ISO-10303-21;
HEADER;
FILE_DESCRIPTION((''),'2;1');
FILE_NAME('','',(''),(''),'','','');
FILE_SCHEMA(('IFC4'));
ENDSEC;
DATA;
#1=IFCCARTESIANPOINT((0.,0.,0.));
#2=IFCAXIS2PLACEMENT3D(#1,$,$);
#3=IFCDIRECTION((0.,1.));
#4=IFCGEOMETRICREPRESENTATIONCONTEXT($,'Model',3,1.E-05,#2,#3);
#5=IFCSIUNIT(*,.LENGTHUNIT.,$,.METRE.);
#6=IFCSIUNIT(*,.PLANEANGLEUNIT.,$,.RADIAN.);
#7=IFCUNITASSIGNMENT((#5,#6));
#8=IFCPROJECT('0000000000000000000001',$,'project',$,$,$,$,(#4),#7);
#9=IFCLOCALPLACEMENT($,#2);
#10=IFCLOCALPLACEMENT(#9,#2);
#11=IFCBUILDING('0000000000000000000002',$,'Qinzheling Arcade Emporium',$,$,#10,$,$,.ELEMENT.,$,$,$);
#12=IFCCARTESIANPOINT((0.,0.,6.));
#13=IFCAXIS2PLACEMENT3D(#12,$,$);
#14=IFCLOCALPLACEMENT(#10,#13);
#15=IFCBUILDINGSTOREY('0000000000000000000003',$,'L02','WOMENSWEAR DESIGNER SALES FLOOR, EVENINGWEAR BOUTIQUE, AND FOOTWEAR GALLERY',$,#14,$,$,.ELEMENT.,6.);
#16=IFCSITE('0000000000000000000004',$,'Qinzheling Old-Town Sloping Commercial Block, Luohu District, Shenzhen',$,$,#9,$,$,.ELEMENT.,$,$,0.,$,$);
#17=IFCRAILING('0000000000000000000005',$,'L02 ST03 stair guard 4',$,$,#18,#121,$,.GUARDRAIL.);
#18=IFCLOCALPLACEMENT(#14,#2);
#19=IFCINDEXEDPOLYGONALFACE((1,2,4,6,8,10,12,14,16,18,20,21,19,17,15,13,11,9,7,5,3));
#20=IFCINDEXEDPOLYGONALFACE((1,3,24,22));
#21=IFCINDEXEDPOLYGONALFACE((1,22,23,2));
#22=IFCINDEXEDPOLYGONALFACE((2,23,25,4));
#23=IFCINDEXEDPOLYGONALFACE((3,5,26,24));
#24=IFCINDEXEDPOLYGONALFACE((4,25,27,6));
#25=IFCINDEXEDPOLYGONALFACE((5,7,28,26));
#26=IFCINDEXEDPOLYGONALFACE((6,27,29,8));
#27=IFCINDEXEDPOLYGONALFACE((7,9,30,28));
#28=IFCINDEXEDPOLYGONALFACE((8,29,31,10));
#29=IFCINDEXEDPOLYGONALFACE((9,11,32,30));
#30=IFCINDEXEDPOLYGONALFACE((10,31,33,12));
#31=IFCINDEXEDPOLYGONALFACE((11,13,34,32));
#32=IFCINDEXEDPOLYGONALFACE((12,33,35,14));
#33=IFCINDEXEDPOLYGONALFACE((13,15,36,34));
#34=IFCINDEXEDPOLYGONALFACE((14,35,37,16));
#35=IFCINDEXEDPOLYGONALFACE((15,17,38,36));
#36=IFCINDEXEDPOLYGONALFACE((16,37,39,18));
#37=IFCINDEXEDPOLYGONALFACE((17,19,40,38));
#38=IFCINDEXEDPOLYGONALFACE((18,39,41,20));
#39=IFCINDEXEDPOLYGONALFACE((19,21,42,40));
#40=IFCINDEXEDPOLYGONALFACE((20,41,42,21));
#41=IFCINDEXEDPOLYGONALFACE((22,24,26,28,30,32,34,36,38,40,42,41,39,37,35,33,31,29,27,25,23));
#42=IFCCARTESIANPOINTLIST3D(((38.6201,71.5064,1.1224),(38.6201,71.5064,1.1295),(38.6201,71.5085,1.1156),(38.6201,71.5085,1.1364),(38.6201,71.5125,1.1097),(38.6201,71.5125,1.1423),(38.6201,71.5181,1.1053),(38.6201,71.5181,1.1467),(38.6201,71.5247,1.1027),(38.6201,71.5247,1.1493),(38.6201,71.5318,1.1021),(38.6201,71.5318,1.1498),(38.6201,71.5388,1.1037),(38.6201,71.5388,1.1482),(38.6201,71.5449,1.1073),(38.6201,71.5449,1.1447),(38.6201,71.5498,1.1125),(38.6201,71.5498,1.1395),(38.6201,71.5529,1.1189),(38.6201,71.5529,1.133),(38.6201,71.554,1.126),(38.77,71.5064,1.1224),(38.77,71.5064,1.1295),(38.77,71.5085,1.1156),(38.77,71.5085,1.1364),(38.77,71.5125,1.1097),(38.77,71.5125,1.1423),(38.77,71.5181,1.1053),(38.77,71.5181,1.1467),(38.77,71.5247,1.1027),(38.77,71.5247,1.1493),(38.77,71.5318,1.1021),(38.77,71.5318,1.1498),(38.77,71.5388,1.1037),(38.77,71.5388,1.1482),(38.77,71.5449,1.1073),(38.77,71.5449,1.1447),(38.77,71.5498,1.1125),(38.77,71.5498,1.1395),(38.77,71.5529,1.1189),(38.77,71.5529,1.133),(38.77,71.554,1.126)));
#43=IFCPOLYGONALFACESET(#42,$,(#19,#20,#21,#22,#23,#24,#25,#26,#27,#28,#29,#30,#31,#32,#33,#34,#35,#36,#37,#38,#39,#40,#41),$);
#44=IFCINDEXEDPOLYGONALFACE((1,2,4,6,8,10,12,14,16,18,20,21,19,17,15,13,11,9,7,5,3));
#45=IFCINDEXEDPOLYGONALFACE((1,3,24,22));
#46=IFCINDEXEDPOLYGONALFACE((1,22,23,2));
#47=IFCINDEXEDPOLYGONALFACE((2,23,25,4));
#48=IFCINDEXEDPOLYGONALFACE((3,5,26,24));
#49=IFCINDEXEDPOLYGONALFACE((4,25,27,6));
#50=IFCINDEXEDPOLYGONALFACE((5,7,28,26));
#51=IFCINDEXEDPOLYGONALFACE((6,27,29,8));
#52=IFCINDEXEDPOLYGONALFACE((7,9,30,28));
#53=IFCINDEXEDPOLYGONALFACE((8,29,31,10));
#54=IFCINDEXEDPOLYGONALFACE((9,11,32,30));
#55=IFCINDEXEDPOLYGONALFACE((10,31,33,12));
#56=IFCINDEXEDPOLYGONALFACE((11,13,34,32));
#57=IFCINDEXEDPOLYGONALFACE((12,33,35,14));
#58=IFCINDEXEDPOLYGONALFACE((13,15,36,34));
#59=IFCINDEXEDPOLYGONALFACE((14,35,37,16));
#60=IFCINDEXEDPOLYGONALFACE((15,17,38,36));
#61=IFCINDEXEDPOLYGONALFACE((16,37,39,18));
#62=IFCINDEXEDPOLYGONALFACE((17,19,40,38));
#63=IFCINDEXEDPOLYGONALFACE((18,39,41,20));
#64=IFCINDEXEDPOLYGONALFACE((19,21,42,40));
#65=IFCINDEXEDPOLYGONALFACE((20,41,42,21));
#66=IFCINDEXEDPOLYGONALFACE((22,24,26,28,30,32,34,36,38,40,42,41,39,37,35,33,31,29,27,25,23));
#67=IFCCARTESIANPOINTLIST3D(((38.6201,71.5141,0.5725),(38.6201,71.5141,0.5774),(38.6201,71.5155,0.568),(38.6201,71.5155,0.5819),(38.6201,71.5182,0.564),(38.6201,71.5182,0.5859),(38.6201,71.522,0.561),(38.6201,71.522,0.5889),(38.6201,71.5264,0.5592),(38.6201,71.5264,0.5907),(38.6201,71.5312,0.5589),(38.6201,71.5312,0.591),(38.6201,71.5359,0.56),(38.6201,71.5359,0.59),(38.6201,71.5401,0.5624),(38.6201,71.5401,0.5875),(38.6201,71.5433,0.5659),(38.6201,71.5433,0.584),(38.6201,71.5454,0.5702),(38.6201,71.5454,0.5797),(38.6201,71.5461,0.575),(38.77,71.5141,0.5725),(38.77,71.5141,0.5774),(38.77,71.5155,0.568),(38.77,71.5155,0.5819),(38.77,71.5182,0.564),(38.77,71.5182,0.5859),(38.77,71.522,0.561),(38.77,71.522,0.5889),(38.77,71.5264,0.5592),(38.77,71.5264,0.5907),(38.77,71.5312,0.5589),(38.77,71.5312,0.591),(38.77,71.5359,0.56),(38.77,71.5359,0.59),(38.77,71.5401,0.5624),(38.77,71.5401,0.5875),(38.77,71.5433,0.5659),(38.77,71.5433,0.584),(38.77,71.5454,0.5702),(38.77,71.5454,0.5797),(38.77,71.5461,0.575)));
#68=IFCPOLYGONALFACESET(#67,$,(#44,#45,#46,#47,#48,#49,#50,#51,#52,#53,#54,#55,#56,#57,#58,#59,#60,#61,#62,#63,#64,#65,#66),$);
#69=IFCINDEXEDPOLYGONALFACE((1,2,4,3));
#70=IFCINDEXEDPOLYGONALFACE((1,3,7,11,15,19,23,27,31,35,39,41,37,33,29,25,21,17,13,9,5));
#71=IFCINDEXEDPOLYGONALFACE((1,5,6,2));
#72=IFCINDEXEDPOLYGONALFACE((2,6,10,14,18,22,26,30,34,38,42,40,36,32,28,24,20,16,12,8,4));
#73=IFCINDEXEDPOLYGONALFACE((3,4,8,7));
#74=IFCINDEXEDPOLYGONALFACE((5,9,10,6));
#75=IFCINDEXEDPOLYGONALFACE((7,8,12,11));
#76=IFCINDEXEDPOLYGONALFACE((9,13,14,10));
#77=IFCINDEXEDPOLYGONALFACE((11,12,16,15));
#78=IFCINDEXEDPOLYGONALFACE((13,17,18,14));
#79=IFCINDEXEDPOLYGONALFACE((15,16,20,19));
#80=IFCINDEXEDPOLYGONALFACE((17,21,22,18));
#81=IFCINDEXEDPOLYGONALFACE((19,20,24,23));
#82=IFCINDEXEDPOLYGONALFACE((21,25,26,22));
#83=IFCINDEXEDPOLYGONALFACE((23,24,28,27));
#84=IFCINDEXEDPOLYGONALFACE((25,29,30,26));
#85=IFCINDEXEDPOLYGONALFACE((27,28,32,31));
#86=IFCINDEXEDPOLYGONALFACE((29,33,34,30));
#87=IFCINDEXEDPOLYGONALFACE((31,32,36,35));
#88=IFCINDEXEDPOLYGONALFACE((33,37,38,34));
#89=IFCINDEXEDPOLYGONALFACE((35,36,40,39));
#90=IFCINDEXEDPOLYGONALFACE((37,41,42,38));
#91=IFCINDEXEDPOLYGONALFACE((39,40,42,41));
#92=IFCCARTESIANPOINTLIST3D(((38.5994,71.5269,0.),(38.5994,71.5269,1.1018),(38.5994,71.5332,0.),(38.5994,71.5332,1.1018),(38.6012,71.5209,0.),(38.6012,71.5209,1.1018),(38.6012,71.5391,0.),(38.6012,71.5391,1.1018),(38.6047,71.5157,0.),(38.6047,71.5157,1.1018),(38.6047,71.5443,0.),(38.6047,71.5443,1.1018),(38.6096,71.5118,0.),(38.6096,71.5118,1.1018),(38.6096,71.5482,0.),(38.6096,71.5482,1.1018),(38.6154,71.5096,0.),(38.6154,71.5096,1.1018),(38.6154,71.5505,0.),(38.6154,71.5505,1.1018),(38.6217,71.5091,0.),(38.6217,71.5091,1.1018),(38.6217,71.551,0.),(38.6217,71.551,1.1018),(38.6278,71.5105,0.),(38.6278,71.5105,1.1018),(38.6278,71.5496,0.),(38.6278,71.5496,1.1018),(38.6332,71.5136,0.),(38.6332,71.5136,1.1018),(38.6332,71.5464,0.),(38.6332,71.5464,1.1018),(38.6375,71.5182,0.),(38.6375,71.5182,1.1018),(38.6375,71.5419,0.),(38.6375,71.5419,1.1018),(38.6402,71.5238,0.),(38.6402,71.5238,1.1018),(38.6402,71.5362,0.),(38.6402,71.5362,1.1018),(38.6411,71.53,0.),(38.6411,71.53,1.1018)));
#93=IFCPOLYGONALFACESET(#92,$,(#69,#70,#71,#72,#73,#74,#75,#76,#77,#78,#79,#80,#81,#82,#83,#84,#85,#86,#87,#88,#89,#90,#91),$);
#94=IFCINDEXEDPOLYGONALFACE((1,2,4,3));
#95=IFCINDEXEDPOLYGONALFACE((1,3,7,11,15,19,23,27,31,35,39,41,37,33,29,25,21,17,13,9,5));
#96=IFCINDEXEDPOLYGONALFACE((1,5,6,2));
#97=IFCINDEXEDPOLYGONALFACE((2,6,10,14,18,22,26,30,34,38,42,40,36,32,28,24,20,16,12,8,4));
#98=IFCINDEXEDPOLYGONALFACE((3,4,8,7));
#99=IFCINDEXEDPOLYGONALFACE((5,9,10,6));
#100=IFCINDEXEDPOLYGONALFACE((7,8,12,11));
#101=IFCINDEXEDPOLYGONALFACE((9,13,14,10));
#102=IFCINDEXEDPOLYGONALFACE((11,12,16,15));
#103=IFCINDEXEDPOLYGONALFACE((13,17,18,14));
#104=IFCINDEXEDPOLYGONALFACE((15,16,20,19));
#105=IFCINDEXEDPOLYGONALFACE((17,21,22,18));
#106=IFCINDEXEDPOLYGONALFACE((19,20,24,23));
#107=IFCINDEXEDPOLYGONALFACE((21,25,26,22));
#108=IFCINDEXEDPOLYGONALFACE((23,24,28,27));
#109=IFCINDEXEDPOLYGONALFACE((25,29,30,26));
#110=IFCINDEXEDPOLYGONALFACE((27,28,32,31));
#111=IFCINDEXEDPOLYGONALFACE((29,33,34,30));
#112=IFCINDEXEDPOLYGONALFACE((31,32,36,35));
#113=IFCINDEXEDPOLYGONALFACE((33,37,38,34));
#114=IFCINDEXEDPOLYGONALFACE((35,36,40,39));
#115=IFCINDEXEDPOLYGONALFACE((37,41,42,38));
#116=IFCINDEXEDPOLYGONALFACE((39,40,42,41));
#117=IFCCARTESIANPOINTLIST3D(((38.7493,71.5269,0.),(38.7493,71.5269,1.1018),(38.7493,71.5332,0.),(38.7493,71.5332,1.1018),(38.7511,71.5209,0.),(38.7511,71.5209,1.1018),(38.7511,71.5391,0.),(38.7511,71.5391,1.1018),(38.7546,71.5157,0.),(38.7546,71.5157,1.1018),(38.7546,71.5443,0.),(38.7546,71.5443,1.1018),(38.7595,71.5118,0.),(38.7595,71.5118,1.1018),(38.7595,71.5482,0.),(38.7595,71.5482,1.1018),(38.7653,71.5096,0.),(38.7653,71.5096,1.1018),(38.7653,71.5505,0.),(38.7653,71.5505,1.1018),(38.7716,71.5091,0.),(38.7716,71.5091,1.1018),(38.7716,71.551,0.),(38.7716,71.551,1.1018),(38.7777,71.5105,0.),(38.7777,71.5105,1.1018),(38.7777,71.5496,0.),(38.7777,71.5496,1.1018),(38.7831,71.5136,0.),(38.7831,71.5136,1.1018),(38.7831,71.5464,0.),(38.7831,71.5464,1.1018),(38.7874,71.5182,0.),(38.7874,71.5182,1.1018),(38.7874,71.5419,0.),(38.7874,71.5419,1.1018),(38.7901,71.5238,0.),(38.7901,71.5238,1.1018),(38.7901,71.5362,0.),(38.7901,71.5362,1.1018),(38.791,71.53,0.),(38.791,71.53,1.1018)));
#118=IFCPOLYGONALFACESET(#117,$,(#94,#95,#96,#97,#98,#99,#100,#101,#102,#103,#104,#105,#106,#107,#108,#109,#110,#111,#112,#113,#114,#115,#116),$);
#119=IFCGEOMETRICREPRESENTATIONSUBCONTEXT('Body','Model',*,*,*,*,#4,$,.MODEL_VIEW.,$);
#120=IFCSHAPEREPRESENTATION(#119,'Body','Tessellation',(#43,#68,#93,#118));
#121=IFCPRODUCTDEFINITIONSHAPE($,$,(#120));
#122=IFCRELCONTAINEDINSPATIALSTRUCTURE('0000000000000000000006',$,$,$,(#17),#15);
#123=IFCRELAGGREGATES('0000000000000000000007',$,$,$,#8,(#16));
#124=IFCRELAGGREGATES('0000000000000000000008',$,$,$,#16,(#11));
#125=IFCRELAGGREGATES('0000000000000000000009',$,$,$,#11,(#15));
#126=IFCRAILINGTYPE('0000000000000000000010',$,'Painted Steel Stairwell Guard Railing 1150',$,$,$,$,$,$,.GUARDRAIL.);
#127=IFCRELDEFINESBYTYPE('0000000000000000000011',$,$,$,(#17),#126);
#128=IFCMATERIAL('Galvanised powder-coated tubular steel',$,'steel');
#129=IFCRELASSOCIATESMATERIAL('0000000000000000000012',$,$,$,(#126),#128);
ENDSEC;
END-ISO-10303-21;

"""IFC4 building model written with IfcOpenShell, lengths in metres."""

from ifc_helpers import new_model, si_unit, direction, frame, origin, origin_2d, place, context, subcontext, project, spatial, circle, extrude, material, type_object, element, save


model = new_model("IFC4")

# Units and contexts
model_context = context("Model", 3, precision=1e-05, world=origin(), true_north=direction((0.0, 1.0)))
body_context = subcontext(model_context, "Body", "Model", "MODEL_VIEW")
ifc_project = project(units=[si_unit("LENGTHUNIT", "METRE"), si_unit("PLANEANGLEUNIT", "RADIAN")], contexts=[model_context])

# Site, building, storey
site_placement = place(None, origin())
site = spatial("IfcSite", under=ifc_project, at=site_placement, Name="Qinzheling Old-Town Sloping Commercial Block, Luohu District, Shenzhen", CompositionType="ELEMENT", RefElevation=0.0)
building_placement = place(site_placement, origin())
building = spatial("IfcBuilding", under=site, at=building_placement, Name="Qinzheling Arcade Emporium", CompositionType="ELEMENT")
storey_placement = place(building_placement, frame((0.0, 0.0, 6.0)))
storey = spatial("IfcBuildingStorey", under=building, at=storey_placement, Name="L02", Description="WOMENSWEAR DESIGNER SALES FLOOR, EVENINGWEAR BOUTIQUE, AND FOOTWEAR GALLERY", CompositionType="ELEMENT", Elevation=6.0)

# Railing
ifc_material_1 = material(Name="Galvanised powder-coated tubular steel", Category="steel")
railing_type_1 = type_object("IfcRailingType", Name="Painted Steel Stairwell Guard Railing 1150", PredefinedType="GUARDRAIL", material=ifc_material_1)
railing_1_placement = place(storey_placement, frame((38.6201, 71.53, 0.0)))
element("IfcRailing", 1, at=railing_1_placement, inside=storey, type_object=railing_type_1, Name="L02 ST03 stair guard 4", PredefinedType="GUARDRAIL", context=body_context, shape_type="SweptSolid", body=[
    extrude(circle(Radius=0.0239, at=origin_2d()), frame((0.0, 0.0, 1.126), z_axis=(1.0, 0.0, 0.0), x_axis=(0.0, 1.0, 0.0)), (0.0, 0.0, 1.0), 0.1499),
    extrude(circle(Radius=0.0161, at=origin_2d()), frame((0.0, 0.0, 0.575), z_axis=(1.0, 0.0, 0.0), x_axis=(0.0, 1.0, 0.0)), (0.0, 0.0, 1.0), 0.1499),
    extrude(circle(Radius=0.021, at=origin_2d()), origin(), (0.0, 0.0, 1.0), 1.1018),
    extrude(circle(Radius=0.021, at=origin_2d()), frame((0.1499, 0.0, 0.0)), (0.0, 0.0, 1.0), 1.1018),
])

save(model, "model.ifc")
